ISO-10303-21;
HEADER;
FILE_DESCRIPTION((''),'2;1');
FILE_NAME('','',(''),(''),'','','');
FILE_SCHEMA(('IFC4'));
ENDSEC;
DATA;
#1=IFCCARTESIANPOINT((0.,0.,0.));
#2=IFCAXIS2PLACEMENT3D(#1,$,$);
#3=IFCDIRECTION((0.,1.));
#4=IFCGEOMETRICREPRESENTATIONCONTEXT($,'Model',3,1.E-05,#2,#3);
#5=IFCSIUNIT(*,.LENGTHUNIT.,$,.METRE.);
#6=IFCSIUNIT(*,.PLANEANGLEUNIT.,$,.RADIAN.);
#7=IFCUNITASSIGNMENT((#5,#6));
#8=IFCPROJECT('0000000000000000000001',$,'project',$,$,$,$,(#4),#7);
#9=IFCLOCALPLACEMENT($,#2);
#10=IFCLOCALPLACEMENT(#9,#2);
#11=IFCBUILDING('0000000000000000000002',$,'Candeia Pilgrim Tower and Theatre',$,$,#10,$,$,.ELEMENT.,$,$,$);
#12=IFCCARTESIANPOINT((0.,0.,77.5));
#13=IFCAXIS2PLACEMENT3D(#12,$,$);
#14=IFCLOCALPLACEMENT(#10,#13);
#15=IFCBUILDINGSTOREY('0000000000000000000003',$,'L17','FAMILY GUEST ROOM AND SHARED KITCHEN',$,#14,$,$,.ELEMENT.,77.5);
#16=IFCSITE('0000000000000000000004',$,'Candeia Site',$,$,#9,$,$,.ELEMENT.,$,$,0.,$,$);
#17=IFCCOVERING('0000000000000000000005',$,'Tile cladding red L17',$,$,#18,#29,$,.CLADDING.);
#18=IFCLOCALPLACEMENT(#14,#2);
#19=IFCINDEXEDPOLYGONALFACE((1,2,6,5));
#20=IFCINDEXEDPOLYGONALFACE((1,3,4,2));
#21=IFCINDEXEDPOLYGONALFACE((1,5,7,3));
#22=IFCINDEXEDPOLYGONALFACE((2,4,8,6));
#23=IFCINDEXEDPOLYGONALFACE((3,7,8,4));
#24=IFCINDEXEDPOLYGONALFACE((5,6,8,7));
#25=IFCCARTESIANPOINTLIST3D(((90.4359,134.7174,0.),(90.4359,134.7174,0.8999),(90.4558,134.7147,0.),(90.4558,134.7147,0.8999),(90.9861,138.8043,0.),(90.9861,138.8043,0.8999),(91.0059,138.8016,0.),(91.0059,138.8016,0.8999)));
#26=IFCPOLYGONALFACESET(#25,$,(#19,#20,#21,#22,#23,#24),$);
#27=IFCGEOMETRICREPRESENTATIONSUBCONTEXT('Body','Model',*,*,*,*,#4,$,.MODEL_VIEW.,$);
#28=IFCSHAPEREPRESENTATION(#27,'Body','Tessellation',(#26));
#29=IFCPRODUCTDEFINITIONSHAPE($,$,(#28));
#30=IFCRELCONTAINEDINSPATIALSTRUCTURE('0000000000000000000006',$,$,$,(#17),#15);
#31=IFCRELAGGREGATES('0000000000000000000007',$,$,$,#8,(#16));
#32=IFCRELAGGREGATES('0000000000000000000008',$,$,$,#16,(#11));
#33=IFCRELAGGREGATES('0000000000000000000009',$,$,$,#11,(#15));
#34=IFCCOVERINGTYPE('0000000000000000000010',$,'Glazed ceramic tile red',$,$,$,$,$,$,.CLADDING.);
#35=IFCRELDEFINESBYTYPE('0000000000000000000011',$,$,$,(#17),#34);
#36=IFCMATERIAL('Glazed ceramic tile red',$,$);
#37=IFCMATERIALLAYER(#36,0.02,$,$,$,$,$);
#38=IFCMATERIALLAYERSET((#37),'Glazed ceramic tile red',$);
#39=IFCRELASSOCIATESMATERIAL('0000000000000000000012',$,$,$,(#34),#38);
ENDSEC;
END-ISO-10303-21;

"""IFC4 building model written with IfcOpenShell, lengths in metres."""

from ifc_helpers import new_model, si_unit, direction, frame, origin, origin_2d, place, context, subcontext, project, spatial, rectangle, extrude, material, layer, layer_set, type_object, element, save


model = new_model("IFC4")

# Units and contexts
model_context = context("Model", 3, precision=1e-05, world=origin(), true_north=direction((0.0, 1.0)))
body_context = subcontext(model_context, "Body", "Model", "MODEL_VIEW")
ifc_project = project(units=[si_unit("LENGTHUNIT", "METRE"), si_unit("PLANEANGLEUNIT", "RADIAN")], contexts=[model_context])

# Site, building, storey
site_placement = place(None, origin())
site = spatial("IfcSite", under=ifc_project, at=site_placement, Name="Candeia Site", CompositionType="ELEMENT", RefElevation=0.0)
building_placement = place(site_placement, origin())
building = spatial("IfcBuilding", under=site, at=building_placement, Name="Candeia Pilgrim Tower and Theatre", CompositionType="ELEMENT")
storey_placement = place(building_placement, frame((0.0, 0.0, 77.5)))
storey = spatial("IfcBuildingStorey", under=building, at=storey_placement, Name="L17", Description="FAMILY GUEST ROOM AND SHARED KITCHEN", CompositionType="ELEMENT", Elevation=77.5)

# Covering
ifc_material_1 = material(Name="Glazed ceramic tile red")
ifc_layer_1 = layer(ifc_material_1, 0.02)
ifc_layer_set_1 = layer_set([ifc_layer_1], Name="Glazed ceramic tile red")
covering_type_1 = type_object("IfcCoveringType", Name="Glazed ceramic tile red", PredefinedType="CLADDING", material=ifc_layer_set_1)
covering_1_placement = place(storey_placement, frame((90.7209, 136.7595, 0.0), z_axis=(0.0, 0.0, 1.0), x_axis=(-0.133412, -0.991061, 0.0)))
element("IfcCovering", 1, at=covering_1_placement, inside=storey, type_object=covering_type_1, Name="Tile cladding red L17", PredefinedType="CLADDING", context=body_context, shape_type="SweptSolid", body=[
    extrude(rectangle(XDim=4.1238, YDim=0.02, at=origin_2d()), origin(), (0.0, 0.0, 1.0), 0.8999),
])

save(model, "model.ifc")
